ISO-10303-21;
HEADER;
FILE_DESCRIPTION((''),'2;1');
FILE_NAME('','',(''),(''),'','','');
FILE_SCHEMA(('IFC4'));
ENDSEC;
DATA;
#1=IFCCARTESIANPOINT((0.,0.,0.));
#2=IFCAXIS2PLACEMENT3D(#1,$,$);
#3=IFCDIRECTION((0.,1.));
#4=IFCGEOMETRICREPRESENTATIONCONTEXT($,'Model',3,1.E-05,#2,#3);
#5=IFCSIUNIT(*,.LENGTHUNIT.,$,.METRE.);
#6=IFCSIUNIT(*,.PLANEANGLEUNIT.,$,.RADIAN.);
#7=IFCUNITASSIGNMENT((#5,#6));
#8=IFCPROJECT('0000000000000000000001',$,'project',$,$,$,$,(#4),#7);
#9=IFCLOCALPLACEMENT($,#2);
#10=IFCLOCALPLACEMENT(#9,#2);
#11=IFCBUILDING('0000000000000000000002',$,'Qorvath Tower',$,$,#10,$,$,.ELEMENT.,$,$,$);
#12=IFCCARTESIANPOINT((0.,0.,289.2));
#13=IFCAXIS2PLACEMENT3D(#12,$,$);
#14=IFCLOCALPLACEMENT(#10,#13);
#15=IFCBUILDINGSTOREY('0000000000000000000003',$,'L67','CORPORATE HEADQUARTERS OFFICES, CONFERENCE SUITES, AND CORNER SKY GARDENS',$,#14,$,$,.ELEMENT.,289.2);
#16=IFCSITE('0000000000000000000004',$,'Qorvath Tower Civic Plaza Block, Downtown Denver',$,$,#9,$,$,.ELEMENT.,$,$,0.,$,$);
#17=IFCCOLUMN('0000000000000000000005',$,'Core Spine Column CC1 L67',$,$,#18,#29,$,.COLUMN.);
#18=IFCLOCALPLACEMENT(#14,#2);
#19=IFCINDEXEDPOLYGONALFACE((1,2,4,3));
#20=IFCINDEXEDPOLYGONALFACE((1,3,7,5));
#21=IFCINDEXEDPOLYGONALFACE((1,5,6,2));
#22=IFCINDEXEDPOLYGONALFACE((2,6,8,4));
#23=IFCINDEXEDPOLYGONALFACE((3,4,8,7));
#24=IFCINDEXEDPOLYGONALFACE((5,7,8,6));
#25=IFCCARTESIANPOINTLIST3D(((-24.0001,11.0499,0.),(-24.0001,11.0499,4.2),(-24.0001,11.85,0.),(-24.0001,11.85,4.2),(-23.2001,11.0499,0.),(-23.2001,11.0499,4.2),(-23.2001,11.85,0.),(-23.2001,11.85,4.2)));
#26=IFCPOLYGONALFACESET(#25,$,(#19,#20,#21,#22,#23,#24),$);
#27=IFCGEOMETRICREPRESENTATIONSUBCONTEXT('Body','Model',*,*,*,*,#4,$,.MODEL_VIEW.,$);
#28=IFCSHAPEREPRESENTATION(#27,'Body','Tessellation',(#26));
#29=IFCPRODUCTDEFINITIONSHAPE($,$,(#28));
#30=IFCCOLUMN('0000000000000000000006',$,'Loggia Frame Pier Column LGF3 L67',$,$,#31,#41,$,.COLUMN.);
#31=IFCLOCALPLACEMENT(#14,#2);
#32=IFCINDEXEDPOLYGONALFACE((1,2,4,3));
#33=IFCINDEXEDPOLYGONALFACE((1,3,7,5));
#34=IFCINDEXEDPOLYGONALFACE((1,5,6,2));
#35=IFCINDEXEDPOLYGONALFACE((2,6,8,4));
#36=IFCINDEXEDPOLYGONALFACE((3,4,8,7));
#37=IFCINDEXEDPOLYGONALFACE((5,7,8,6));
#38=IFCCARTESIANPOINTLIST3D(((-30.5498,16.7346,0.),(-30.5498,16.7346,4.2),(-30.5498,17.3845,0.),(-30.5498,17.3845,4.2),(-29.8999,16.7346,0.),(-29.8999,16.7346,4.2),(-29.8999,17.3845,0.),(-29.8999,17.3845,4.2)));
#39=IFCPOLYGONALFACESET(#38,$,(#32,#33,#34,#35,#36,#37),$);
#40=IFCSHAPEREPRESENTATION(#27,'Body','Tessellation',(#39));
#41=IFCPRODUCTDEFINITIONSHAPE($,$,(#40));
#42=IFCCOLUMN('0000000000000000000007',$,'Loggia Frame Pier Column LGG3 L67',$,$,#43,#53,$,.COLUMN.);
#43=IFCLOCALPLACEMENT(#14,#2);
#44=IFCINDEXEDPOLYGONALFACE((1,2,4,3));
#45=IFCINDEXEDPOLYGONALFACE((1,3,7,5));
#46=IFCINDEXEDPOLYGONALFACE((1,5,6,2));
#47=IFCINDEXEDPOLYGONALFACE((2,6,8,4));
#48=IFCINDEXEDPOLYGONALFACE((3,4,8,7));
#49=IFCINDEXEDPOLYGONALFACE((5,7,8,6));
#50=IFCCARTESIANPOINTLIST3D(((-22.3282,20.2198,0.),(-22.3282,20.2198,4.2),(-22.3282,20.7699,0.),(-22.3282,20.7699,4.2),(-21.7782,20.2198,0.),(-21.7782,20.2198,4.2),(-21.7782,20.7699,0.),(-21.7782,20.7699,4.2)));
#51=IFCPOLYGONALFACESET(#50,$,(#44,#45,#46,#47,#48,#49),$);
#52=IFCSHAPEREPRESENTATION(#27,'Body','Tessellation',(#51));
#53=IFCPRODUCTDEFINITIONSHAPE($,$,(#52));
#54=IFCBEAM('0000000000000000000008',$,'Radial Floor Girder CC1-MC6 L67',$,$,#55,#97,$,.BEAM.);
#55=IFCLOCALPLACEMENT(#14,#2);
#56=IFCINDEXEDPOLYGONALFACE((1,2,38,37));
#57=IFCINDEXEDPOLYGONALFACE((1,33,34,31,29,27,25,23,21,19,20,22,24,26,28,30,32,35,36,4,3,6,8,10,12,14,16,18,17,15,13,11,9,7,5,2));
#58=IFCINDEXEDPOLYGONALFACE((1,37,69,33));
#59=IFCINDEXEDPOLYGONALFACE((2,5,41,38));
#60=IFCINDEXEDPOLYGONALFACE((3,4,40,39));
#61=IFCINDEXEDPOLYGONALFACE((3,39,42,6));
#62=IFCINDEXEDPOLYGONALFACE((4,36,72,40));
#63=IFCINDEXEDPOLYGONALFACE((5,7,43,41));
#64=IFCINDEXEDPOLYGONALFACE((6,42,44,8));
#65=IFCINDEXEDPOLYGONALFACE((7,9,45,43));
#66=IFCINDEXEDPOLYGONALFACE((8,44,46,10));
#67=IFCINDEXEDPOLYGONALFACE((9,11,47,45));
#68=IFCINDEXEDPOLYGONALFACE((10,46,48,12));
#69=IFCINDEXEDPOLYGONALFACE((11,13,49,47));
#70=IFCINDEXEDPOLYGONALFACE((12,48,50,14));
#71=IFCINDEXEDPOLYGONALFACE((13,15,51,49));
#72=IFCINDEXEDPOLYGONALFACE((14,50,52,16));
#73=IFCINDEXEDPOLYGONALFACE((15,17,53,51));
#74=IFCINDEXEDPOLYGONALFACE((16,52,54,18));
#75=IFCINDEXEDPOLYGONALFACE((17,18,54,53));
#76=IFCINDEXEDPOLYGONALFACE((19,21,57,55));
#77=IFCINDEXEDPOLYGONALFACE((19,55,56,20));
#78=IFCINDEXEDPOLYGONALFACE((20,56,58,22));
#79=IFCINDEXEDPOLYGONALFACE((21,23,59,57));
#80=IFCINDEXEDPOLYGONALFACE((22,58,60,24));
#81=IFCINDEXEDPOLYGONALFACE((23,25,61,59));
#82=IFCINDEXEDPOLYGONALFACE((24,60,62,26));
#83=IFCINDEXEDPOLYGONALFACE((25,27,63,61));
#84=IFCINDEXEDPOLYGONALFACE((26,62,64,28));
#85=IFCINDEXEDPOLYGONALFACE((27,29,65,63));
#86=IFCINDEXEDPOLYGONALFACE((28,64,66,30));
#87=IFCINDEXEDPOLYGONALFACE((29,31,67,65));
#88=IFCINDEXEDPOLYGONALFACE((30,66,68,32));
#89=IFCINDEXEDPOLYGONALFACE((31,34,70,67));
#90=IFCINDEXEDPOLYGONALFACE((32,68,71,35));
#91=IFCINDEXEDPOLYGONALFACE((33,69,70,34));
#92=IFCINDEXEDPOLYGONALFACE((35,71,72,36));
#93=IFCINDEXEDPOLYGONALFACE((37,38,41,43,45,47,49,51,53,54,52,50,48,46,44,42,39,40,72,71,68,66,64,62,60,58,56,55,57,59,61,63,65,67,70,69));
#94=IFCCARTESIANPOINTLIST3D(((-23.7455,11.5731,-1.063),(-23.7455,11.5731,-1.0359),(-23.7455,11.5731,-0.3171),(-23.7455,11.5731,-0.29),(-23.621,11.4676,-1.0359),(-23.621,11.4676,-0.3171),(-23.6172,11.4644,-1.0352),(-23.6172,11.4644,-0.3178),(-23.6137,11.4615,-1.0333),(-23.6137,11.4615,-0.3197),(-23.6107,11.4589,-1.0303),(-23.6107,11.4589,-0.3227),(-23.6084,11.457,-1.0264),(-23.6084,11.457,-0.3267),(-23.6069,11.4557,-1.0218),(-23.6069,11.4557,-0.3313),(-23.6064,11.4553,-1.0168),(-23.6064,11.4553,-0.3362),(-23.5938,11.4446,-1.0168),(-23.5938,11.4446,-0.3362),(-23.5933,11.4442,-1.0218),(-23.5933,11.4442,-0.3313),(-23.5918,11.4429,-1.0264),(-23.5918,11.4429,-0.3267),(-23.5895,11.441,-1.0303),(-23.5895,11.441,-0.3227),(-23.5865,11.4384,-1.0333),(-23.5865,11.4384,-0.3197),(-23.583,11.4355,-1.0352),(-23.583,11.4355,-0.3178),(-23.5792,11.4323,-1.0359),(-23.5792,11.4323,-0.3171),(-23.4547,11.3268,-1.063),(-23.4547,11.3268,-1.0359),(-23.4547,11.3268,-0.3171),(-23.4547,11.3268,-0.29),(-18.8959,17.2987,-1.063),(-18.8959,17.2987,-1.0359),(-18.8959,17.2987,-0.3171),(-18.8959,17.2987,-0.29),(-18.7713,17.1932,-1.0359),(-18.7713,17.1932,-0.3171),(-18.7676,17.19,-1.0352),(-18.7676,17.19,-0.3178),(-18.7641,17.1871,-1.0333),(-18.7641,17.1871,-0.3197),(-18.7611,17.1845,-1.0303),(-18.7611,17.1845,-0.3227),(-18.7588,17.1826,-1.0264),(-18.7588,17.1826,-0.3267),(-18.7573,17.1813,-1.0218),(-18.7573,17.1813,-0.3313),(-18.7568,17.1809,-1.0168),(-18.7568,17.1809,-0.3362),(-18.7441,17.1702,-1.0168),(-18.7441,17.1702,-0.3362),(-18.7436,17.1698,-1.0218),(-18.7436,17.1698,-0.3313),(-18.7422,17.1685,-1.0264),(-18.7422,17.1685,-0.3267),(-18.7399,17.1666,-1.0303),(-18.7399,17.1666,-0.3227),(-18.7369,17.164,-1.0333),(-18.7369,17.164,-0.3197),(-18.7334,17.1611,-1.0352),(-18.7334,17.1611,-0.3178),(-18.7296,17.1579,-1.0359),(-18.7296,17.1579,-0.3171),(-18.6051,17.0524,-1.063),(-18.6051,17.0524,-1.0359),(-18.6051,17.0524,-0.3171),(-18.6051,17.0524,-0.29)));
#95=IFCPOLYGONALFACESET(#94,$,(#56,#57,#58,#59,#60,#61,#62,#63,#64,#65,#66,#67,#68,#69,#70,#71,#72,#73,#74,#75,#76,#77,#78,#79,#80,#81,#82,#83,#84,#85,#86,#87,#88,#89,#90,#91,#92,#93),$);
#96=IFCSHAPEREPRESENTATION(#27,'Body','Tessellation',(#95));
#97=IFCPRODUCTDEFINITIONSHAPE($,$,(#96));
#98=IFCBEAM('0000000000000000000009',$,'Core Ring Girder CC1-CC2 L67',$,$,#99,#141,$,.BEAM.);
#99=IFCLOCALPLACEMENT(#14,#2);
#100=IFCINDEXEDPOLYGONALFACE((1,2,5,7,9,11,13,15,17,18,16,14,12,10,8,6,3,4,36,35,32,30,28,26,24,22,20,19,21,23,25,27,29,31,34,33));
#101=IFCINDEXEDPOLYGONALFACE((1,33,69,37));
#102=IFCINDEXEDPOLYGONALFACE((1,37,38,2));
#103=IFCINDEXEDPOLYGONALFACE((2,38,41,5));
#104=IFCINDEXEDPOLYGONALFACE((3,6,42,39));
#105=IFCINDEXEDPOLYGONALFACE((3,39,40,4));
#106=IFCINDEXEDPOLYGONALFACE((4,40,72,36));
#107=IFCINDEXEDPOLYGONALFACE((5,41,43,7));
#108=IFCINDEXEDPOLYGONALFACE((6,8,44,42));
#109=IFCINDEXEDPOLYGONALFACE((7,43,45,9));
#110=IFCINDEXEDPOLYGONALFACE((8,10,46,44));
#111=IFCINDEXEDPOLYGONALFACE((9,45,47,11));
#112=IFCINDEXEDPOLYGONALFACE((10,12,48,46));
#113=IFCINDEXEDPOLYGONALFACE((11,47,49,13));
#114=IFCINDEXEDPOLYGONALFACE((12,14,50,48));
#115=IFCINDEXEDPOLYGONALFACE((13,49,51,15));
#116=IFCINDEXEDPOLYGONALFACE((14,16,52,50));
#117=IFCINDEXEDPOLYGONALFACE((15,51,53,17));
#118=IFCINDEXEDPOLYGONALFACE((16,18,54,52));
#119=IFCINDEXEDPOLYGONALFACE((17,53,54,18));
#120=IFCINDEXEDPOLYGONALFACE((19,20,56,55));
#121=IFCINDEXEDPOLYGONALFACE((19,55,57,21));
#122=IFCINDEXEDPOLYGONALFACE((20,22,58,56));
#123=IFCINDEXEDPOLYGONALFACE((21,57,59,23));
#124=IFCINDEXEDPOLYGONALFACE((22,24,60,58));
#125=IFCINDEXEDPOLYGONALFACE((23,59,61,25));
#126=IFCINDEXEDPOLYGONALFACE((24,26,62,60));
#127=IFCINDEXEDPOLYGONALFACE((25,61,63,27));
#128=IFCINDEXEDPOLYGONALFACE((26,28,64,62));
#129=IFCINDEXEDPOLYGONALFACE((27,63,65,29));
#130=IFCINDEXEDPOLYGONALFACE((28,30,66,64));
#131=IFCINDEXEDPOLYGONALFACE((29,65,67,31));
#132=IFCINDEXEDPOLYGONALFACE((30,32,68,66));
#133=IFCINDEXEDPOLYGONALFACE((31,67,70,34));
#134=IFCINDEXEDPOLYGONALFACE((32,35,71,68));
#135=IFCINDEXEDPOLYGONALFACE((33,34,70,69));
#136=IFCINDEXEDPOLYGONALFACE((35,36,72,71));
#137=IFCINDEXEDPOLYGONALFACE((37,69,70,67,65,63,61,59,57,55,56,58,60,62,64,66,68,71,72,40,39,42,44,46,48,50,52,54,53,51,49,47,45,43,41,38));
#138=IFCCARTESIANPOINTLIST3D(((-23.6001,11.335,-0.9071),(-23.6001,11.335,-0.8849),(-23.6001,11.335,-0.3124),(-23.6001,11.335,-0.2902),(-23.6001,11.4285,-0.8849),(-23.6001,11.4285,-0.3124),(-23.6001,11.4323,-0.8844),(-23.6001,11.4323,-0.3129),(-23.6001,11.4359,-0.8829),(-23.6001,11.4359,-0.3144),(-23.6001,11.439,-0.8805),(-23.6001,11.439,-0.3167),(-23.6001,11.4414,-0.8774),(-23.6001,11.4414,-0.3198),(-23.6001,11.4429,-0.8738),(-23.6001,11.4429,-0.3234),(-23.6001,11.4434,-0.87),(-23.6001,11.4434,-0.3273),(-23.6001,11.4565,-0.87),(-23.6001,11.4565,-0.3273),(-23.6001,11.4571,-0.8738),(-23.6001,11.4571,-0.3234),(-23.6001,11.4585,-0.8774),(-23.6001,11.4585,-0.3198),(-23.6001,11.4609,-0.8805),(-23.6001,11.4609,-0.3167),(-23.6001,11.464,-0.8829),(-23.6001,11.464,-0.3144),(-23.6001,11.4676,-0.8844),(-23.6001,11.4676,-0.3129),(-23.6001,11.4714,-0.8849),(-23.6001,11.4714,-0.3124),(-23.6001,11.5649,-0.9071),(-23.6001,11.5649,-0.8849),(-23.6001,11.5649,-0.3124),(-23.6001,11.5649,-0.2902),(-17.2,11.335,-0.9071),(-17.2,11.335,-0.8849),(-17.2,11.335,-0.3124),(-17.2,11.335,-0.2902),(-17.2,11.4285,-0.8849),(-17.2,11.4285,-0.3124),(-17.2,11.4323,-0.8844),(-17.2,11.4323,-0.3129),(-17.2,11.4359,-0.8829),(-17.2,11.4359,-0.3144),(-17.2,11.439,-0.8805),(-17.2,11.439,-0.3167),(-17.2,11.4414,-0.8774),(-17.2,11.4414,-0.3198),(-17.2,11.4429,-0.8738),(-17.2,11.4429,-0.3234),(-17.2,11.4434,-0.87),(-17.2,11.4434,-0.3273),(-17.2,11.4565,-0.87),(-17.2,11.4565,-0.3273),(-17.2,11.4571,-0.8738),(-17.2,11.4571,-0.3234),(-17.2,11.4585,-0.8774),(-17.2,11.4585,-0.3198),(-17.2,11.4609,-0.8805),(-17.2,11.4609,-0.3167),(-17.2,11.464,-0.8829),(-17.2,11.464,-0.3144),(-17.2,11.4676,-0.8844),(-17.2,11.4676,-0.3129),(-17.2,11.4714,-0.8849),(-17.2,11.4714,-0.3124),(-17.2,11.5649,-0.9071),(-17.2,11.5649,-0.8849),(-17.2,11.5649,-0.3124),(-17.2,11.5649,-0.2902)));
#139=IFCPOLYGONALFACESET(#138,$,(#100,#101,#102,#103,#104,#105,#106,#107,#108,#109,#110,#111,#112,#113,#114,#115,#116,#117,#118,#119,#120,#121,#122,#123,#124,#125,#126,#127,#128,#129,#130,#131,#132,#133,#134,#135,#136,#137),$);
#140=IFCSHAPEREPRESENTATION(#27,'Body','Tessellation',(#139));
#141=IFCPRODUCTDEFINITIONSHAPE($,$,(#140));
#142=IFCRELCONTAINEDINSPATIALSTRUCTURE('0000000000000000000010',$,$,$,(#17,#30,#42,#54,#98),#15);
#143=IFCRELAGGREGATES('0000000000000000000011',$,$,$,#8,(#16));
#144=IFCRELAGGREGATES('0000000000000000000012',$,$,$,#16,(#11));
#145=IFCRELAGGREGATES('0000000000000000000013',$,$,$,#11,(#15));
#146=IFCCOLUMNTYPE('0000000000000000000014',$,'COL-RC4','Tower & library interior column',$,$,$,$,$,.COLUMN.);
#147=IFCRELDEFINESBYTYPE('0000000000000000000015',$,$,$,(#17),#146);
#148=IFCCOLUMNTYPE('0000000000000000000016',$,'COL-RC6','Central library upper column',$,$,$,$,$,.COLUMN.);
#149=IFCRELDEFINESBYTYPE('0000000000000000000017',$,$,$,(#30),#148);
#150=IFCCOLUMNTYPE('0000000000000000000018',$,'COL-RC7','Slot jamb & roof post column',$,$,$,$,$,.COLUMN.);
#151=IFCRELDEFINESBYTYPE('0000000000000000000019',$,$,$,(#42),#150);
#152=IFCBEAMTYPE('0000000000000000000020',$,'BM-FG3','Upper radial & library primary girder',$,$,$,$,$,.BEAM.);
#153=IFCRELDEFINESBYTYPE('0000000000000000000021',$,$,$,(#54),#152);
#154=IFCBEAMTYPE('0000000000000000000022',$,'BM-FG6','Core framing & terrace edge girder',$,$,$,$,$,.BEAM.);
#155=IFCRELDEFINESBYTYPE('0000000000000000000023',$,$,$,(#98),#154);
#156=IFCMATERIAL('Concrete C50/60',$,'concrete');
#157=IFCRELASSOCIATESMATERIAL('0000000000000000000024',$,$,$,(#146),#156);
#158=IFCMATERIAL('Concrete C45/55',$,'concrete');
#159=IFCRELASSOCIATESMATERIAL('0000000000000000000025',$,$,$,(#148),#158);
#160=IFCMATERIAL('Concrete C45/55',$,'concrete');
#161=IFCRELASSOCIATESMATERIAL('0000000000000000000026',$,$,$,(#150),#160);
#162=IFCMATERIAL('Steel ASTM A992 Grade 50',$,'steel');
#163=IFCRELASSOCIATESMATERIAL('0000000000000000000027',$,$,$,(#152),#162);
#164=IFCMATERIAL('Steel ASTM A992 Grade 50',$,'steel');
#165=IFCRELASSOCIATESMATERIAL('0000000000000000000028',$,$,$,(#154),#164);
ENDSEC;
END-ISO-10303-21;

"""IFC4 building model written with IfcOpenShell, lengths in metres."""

from ifc_helpers import new_model, si_unit, direction, frame, origin, origin_2d, place, context, subcontext, project, spatial, rectangle, i_section, extrude, material, material_profile, profile_set, type_object, element, save


model = new_model("IFC4")

# Units and contexts
model_context = context("Model", 3, precision=1e-05, world=origin(), true_north=direction((0.0, 1.0)))
body_context = subcontext(model_context, "Body", "Model", "MODEL_VIEW")
ifc_project = project(units=[si_unit("LENGTHUNIT", "METRE"), si_unit("PLANEANGLEUNIT", "RADIAN")], contexts=[model_context])

# Site, building, storey
site_placement = place(None, origin())
site = spatial("IfcSite", under=ifc_project, at=site_placement, Name="Qorvath Tower Civic Plaza Block, Downtown Denver", CompositionType="ELEMENT", RefElevation=0.0)
building_placement = place(site_placement, origin())
building = spatial("IfcBuilding", under=site, at=building_placement, Name="Qorvath Tower", CompositionType="ELEMENT")
storey_placement = place(building_placement, frame((0.0, 0.0, 289.2)))
storey = spatial("IfcBuildingStorey", under=building, at=storey_placement, Name="L67", Description="CORPORATE HEADQUARTERS OFFICES, CONFERENCE SUITES, AND CORNER SKY GARDENS", CompositionType="ELEMENT", Elevation=289.2)

# Columns
ifc_material_1 = material(Name="Concrete C50/60", Category="concrete")
ifc_material_profile_1 = material_profile(ifc_material_1, rectangle(XDim=0.8, YDim=0.8, at=origin_2d()), Name="RC 800x800")
ifc_profile_set_1 = profile_set([ifc_material_profile_1], Name="Concrete C50/60")
column_type_1 = type_object("IfcColumnType", Name="COL-RC4", Description="Tower & library interior column", PredefinedType="COLUMN", material=ifc_profile_set_1)
column_1_placement = place(storey_placement, frame((-23.6001, 11.45, 0.0), z_axis=(0.0, 0.0, 1.0), x_axis=(1.0, 0.0, 0.0)))
element("IfcColumn", 1, at=column_1_placement, inside=storey, type_object=column_type_1, Name="Core Spine Column CC1 L67", PredefinedType="COLUMN", context=body_context, shape_type="SweptSolid", body=[
    extrude(rectangle(XDim=0.8, YDim=0.8, at=origin_2d()), origin(), (0.0, 0.0, 1.0), 4.2),
])
ifc_material_2 = material(Name="Concrete C45/55", Category="concrete")
ifc_material_profile_2 = material_profile(ifc_material_2, rectangle(XDim=0.6499, YDim=0.6499, at=origin_2d()), Name="RC 650x650")
ifc_profile_set_2 = profile_set([ifc_material_profile_2], Name="Concrete C45/55")
column_type_2 = type_object("IfcColumnType", Name="COL-RC6", Description="Central library upper column", PredefinedType="COLUMN", material=ifc_profile_set_2)
column_2_placement = place(storey_placement, frame((-30.2249, 17.0596, 0.0), z_axis=(0.0, 0.0, 1.0), x_axis=(1.0, 0.0, 0.0)))
element("IfcColumn", 2, at=column_2_placement, inside=storey, type_object=column_type_2, Name="Loggia Frame Pier Column LGF3 L67", PredefinedType="COLUMN", context=body_context, shape_type="SweptSolid", body=[
    extrude(rectangle(XDim=0.6499, YDim=0.6499, at=origin_2d()), origin(), (0.0, 0.0, 1.0), 4.2),
])
ifc_material_3 = material(Name="Concrete C45/55", Category="concrete")
ifc_material_profile_3 = material_profile(ifc_material_3, rectangle(XDim=0.55, YDim=0.55, at=origin_2d()), Name="RC 550x550")
ifc_profile_set_3 = profile_set([ifc_material_profile_3], Name="Concrete C45/55")
column_type_3 = type_object("IfcColumnType", Name="COL-RC7", Description="Slot jamb & roof post column", PredefinedType="COLUMN", material=ifc_profile_set_3)
column_3_placement = place(storey_placement, frame((-22.0532, 20.4949, 0.0), z_axis=(0.0, 0.0, 1.0), x_axis=(1.0, 0.0, 0.0)))
element("IfcColumn", 3, at=column_3_placement, inside=storey, type_object=column_type_3, Name="Loggia Frame Pier Column LGG3 L67", PredefinedType="COLUMN", context=body_context, shape_type="SweptSolid", body=[
    extrude(rectangle(XDim=0.55, YDim=0.55, at=origin_2d()), origin(), (0.0, 0.0, 1.0), 4.2),
])

# Beams
ifc_material_4 = material(Name="Steel ASTM A992 Grade 50", Category="steel")
ifc_material_profile_4 = material_profile(ifc_material_4, i_section(OverallWidth=0.3811, OverallDepth=0.7729, WebThickness=0.0166, FlangeThickness=0.0271, FilletRadius=0.019, at=origin_2d()), Name="W30x173")
ifc_profile_set_4 = profile_set([ifc_material_profile_4], Name="Steel ASTM A992 Grade 50")
beam_type_1 = type_object("IfcBeamType", Name="BM-FG3", Description="Upper radial & library primary girder", PredefinedType="BEAM", material=ifc_profile_set_4)
beam_1_placement = place(storey_placement, frame((-23.6001, 11.45, -0.6765), z_axis=(0.646321, 0.763065, 0.0), x_axis=(-0.763065, 0.646321, 0.0)))
element("IfcBeam", 4, at=beam_1_placement, inside=storey, type_object=beam_type_1, Name="Radial Floor Girder CC1-MC6 L67", PredefinedType="BEAM", context=body_context, shape_type="SweptSolid", body=[
    extrude(i_section(OverallWidth=0.3811, OverallDepth=0.7729, WebThickness=0.0166, FlangeThickness=0.0271, FilletRadius=0.019, at=origin_2d()), origin(), (0.0, 0.0, 1.0), 7.5034),
])
ifc_material_5 = material(Name="Steel ASTM A992 Grade 50", Category="steel")
ifc_material_profile_5 = material_profile(ifc_material_5, i_section(OverallWidth=0.23, OverallDepth=0.6169, WebThickness=0.0132, FlangeThickness=0.0222, FilletRadius=0.0149, at=origin_2d()), Name="W24x94")
ifc_profile_set_5 = profile_set([ifc_material_profile_5], Name="Steel ASTM A992 Grade 50")
beam_type_2 = type_object("IfcBeamType", Name="BM-FG6", Description="Core framing & terrace edge girder", PredefinedType="BEAM", material=ifc_profile_set_5)
beam_2_placement = place(storey_placement, frame((-23.6001, 11.45, -0.5986), z_axis=(1.0, 0.0, 0.0), x_axis=(0.0, 1.0, 0.0)))
element("IfcBeam", 5, at=beam_2_placement, inside=storey, type_object=beam_type_2, Name="Core Ring Girder CC1-CC2 L67", PredefinedType="BEAM", context=body_context, shape_type="SweptSolid", body=[
    extrude(i_section(OverallWidth=0.23, OverallDepth=0.6169, WebThickness=0.0132, FlangeThickness=0.0222, FilletRadius=0.0149, at=origin_2d()), origin(), (0.0, 0.0, 1.0), 6.4001),
])

save(model, "model.ifc")
